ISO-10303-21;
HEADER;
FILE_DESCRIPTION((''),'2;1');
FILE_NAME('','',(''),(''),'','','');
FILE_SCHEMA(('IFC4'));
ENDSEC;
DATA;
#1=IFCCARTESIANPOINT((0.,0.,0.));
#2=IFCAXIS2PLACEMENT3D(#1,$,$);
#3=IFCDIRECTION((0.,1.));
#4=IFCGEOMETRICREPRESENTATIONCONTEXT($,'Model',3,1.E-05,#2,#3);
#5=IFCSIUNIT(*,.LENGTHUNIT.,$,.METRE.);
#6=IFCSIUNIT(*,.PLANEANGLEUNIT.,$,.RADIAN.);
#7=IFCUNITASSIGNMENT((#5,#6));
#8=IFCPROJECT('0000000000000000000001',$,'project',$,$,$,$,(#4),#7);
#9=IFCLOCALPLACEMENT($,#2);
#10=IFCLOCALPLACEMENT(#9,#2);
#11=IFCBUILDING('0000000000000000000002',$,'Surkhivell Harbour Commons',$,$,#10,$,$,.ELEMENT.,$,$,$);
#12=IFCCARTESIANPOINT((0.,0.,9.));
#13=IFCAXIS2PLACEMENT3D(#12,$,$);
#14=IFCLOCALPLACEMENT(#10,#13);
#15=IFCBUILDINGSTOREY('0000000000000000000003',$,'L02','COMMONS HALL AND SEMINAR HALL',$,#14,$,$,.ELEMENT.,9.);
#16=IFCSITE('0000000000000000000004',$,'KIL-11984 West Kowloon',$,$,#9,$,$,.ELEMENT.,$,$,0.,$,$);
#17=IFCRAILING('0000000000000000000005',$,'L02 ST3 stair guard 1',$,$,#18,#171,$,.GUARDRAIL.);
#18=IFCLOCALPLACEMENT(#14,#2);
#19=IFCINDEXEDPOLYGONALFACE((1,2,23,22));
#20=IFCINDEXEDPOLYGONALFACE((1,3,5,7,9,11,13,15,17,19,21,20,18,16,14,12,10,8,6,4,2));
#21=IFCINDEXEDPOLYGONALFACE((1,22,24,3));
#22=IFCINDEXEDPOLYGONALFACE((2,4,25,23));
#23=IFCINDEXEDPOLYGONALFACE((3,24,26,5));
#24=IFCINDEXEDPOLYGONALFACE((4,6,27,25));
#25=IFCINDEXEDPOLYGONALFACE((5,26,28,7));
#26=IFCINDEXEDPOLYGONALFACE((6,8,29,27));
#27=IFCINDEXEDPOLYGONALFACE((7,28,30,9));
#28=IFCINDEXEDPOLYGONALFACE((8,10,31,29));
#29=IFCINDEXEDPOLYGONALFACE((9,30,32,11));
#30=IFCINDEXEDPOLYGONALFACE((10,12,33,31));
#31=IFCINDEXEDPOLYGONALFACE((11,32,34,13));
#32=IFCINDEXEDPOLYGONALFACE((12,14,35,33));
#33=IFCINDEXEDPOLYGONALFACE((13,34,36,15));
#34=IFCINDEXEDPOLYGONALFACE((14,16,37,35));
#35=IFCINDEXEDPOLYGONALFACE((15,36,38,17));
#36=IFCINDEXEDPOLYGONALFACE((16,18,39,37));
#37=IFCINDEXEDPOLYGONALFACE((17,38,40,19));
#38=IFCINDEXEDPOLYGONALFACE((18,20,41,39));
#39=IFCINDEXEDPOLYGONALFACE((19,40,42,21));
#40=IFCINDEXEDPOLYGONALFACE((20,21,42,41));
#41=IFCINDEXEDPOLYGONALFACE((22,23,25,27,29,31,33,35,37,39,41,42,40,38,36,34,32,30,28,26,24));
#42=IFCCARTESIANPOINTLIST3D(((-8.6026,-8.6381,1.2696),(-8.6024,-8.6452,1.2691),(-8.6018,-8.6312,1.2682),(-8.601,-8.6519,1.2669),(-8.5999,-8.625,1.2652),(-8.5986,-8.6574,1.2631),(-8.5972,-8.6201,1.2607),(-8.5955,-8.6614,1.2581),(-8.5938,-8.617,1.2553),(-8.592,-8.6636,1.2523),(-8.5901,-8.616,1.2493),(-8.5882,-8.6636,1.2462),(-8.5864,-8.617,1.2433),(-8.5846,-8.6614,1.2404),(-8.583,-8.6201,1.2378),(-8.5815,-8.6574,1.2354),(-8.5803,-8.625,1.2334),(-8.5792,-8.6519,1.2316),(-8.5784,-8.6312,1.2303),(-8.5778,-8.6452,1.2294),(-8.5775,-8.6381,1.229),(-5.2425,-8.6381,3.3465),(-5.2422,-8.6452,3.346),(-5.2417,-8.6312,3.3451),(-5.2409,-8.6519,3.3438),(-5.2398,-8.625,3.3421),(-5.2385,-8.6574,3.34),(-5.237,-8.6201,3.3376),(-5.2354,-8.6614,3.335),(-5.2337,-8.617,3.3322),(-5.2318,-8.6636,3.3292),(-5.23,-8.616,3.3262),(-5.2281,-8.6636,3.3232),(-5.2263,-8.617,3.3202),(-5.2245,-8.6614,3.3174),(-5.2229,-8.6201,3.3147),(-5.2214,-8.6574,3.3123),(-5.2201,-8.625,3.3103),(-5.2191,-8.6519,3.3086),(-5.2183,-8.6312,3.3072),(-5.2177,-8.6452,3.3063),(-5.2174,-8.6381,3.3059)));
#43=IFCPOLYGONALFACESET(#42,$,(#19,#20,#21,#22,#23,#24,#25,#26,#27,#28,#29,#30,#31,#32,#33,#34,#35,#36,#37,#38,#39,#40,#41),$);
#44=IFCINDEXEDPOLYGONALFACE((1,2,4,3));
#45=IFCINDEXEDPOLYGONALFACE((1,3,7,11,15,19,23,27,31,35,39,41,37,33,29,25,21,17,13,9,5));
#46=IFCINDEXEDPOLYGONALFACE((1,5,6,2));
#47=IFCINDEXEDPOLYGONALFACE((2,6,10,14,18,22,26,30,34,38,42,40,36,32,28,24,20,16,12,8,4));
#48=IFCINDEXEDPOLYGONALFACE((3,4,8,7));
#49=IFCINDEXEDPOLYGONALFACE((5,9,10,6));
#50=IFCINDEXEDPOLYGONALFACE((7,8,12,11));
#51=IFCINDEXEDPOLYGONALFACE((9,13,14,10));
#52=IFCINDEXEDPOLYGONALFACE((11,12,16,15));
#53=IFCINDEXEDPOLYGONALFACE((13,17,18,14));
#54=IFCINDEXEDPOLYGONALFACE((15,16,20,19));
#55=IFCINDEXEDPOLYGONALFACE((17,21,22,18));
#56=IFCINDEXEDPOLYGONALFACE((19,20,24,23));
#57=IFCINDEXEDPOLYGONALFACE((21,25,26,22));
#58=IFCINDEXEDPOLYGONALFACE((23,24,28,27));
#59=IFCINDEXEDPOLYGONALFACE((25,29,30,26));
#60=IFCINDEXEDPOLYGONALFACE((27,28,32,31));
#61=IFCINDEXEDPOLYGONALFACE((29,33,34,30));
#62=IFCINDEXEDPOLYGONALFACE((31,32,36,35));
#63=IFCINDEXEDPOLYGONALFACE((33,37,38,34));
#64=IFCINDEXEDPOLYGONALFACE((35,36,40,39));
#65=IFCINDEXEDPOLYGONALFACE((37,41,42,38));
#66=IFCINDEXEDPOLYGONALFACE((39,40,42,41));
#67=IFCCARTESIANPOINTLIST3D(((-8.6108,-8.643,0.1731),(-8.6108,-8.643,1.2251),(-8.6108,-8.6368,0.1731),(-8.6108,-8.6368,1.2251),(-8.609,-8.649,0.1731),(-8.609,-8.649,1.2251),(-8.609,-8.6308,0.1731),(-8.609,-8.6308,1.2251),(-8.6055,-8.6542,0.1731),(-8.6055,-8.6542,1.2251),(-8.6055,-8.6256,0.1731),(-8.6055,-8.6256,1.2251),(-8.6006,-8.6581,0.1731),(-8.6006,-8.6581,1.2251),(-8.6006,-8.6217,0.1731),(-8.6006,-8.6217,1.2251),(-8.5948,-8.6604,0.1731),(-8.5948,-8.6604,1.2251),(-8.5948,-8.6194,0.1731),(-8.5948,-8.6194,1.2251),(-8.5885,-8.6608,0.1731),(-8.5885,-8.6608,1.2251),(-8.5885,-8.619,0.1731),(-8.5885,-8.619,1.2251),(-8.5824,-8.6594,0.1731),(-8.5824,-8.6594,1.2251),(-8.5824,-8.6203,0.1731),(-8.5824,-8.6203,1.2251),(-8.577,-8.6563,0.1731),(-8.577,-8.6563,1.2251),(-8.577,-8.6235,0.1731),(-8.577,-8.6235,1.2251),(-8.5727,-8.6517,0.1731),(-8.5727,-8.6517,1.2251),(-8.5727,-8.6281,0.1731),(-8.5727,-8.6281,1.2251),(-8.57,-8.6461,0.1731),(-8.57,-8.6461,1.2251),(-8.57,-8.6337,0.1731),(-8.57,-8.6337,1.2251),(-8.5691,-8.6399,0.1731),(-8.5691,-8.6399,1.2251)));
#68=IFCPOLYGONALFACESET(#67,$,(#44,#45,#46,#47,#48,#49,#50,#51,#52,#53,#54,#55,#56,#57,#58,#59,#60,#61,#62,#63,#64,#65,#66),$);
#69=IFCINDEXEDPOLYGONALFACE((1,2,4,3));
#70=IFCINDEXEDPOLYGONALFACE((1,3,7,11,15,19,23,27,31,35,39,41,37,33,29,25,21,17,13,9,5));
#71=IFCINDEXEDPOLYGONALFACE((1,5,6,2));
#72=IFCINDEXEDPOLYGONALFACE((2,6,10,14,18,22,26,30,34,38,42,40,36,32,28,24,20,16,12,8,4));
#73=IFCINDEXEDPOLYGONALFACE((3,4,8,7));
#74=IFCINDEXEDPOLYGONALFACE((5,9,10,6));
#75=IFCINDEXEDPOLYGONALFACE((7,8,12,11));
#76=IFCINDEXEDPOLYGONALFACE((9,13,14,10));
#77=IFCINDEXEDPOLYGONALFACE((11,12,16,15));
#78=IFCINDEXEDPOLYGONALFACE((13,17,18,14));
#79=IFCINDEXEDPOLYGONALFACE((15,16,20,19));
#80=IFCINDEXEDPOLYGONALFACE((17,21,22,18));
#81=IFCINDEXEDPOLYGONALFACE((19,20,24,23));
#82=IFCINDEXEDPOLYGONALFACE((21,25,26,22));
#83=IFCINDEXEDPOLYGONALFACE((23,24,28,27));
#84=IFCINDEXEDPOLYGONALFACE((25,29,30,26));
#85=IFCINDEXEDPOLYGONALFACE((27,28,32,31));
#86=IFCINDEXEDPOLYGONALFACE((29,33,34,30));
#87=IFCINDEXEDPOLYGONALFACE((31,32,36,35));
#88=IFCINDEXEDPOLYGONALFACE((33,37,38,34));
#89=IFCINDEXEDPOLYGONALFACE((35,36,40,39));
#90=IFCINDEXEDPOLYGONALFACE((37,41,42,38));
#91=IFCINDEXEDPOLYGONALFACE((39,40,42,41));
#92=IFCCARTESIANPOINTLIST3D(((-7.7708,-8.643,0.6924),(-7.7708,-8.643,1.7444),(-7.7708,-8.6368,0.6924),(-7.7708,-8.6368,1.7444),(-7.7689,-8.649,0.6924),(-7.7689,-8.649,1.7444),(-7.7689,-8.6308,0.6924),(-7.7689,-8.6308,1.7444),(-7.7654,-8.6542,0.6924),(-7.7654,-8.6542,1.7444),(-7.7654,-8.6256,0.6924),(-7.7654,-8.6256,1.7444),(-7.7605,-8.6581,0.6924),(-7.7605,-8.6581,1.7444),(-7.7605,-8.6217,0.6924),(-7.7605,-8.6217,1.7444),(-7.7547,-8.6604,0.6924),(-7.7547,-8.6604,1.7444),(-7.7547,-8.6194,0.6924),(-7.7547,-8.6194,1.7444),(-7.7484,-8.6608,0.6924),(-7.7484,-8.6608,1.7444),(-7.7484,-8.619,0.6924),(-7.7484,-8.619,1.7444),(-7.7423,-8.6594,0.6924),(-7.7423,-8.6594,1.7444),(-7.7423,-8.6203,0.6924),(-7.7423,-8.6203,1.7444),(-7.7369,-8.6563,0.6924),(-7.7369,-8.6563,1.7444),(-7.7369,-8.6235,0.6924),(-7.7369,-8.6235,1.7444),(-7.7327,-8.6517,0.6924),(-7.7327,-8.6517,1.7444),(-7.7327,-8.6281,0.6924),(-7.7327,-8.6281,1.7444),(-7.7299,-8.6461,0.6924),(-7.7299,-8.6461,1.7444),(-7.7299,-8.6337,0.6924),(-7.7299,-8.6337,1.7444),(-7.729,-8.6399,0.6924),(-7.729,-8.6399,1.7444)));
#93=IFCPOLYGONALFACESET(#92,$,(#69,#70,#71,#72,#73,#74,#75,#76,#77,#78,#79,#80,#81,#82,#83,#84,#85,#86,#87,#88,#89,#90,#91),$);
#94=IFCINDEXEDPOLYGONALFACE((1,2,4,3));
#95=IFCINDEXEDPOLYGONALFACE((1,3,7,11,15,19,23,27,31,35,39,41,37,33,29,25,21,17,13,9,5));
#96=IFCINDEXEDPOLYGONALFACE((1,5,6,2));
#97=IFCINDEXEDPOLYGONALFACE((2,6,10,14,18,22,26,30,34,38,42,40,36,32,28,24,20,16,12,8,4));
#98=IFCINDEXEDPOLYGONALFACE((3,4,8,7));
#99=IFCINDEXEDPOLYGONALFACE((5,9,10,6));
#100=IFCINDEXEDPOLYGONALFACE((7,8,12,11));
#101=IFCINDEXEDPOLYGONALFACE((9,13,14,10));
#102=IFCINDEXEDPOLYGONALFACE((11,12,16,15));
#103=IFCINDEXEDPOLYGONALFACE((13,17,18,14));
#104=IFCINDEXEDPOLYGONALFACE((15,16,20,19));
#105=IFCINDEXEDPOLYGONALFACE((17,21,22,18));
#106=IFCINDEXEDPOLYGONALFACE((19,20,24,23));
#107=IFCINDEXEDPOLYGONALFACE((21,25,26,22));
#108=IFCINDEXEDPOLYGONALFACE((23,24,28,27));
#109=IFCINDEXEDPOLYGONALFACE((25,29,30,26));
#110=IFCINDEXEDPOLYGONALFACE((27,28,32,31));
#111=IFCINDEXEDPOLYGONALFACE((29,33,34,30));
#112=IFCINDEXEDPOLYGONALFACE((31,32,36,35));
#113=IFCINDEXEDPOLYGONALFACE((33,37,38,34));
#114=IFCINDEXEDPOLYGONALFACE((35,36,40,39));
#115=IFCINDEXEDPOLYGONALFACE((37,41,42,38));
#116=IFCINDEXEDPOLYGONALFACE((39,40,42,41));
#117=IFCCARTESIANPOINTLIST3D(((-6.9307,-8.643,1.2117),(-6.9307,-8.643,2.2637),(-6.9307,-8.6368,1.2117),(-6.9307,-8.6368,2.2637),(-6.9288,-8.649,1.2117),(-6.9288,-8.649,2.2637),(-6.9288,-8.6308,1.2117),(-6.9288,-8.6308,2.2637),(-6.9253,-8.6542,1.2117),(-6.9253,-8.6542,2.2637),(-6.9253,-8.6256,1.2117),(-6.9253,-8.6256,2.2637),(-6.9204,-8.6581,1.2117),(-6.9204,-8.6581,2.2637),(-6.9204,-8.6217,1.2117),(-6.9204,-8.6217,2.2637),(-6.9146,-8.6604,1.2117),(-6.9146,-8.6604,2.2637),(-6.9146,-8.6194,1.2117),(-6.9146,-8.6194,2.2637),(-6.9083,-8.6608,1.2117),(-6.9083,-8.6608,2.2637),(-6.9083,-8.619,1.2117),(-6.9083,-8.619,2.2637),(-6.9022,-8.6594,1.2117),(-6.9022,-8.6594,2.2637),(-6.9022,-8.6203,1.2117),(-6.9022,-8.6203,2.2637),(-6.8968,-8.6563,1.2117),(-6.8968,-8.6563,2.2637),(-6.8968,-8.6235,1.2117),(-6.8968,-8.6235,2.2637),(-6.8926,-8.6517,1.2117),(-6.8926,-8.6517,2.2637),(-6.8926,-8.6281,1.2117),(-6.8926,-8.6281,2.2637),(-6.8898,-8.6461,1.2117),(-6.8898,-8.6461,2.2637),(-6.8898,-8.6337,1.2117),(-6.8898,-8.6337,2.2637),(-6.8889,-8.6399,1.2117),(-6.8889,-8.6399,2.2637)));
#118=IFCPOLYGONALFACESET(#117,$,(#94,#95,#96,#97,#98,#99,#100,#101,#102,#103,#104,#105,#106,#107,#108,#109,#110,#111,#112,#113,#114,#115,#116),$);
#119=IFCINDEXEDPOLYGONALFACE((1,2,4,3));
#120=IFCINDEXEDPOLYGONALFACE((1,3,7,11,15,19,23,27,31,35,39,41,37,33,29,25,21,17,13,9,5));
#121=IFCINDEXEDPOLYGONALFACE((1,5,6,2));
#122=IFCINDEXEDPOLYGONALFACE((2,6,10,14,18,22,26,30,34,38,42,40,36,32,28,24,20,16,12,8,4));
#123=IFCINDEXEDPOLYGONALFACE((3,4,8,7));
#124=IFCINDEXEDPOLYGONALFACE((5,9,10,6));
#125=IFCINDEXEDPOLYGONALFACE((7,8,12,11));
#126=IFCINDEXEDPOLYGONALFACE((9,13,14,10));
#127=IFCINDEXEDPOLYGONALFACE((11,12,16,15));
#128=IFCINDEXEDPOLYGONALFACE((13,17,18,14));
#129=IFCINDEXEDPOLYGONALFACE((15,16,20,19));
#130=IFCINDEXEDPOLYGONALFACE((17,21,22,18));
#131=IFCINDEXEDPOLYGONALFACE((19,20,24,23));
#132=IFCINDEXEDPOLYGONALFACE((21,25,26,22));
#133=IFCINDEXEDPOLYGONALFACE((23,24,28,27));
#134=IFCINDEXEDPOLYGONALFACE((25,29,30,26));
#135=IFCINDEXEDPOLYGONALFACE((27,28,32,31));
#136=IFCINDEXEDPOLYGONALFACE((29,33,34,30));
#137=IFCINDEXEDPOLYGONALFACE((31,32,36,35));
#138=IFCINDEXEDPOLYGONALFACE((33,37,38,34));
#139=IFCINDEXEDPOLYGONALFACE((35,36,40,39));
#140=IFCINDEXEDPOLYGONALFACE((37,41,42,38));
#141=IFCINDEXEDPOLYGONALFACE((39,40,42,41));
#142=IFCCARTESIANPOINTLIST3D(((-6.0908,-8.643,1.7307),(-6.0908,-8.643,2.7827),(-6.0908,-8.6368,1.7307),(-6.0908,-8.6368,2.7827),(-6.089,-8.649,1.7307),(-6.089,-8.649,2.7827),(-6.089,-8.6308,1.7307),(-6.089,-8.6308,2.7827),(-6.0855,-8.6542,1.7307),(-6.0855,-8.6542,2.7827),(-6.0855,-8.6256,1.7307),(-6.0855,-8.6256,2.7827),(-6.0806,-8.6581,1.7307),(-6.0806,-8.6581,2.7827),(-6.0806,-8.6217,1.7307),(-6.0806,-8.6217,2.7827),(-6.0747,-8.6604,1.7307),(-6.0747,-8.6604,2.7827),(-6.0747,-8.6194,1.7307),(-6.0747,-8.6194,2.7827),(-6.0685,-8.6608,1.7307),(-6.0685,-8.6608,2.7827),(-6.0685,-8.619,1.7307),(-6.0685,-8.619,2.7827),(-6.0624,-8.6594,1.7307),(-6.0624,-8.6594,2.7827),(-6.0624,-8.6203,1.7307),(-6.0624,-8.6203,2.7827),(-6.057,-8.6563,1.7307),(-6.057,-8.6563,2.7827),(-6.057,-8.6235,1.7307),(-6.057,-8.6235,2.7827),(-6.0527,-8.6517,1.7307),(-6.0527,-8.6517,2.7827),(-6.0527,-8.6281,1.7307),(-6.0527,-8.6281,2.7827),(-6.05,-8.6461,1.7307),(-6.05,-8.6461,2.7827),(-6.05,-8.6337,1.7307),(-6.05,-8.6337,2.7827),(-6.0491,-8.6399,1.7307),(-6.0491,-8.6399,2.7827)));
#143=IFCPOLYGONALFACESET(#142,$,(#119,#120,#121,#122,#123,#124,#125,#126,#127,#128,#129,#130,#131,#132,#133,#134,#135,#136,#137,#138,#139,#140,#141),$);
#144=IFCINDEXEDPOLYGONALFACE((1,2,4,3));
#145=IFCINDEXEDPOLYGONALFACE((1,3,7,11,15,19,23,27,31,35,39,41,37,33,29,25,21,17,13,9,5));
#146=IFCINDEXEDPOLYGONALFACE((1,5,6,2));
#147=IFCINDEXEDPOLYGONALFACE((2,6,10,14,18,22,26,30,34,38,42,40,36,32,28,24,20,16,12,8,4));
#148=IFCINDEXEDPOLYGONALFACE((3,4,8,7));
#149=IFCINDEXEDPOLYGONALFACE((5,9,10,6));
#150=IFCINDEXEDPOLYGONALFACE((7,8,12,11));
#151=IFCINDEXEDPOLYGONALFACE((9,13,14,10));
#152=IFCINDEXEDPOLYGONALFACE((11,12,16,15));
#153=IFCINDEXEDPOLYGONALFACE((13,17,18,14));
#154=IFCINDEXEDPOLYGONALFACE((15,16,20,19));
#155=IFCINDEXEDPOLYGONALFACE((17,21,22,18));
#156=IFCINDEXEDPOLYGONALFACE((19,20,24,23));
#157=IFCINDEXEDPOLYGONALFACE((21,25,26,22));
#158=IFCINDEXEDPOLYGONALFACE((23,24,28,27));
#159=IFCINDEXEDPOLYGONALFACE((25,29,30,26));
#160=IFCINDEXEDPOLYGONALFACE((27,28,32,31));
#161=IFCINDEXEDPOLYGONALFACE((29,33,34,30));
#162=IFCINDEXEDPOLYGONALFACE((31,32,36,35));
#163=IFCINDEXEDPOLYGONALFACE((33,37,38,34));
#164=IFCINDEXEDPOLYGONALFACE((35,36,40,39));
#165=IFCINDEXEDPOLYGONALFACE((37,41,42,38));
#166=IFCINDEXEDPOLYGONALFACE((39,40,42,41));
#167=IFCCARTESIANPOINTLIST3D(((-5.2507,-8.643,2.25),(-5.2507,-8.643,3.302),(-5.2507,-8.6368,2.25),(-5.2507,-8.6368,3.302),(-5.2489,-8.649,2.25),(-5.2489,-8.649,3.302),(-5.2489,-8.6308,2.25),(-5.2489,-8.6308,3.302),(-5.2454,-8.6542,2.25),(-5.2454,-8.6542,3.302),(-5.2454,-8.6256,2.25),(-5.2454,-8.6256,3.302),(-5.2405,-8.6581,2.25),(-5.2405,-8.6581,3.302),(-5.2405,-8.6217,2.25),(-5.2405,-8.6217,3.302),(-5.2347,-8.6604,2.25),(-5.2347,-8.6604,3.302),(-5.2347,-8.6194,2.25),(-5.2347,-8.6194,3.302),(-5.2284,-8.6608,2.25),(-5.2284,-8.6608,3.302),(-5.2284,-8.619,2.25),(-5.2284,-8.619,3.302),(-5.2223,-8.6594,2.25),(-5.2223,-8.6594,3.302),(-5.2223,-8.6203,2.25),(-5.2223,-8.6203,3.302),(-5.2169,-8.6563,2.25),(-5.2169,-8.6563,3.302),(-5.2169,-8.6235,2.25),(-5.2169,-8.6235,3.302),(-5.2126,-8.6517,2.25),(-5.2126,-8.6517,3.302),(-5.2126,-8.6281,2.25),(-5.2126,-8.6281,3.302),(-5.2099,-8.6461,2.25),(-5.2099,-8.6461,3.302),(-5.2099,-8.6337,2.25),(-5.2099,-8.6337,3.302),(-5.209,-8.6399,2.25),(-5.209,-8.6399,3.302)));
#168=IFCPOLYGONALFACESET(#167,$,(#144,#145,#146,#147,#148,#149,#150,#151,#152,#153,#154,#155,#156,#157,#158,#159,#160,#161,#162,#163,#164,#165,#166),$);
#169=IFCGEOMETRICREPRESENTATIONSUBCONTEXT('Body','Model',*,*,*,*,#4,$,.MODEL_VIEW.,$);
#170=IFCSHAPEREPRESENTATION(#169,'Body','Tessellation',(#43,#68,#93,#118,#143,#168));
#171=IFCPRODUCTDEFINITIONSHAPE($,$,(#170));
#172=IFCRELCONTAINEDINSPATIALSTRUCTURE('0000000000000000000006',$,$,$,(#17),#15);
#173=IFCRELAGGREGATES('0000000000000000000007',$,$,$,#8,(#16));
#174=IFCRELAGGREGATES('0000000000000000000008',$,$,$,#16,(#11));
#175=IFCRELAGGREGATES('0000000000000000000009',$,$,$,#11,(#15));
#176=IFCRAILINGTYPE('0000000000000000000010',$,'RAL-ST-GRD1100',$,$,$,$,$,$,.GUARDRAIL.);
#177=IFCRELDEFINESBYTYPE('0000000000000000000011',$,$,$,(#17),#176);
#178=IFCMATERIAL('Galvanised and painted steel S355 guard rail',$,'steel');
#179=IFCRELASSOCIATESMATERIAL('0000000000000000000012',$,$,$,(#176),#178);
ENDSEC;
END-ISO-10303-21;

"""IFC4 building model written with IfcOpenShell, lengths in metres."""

from ifc_helpers import new_model, si_unit, direction, frame, origin, origin_2d, place, context, subcontext, project, spatial, circle, extrude, material, type_object, element, save


model = new_model("IFC4")

# Units and contexts
model_context = context("Model", 3, precision=1e-05, world=origin(), true_north=direction((0.0, 1.0)))
body_context = subcontext(model_context, "Body", "Model", "MODEL_VIEW")
ifc_project = project(units=[si_unit("LENGTHUNIT", "METRE"), si_unit("PLANEANGLEUNIT", "RADIAN")], contexts=[model_context])

# Site, building, storey
site_placement = place(None, origin())
site = spatial("IfcSite", under=ifc_project, at=site_placement, Name="KIL-11984 West Kowloon", CompositionType="ELEMENT", RefElevation=0.0)
building_placement = place(site_placement, origin())
building = spatial("IfcBuilding", under=site, at=building_placement, Name="Surkhivell Harbour Commons", CompositionType="ELEMENT")
storey_placement = place(building_placement, frame((0.0, 0.0, 9.0)))
storey = spatial("IfcBuildingStorey", under=building, at=storey_placement, Name="L02", Description="COMMONS HALL AND SEMINAR HALL", CompositionType="ELEMENT", Elevation=9.0)

# Railing
ifc_material_1 = material(Name="Galvanised and painted steel S355 guard rail", Category="steel")
railing_type_1 = type_object("IfcRailingType", Name="RAL-ST-GRD1100", PredefinedType="GUARDRAIL", material=ifc_material_1)
railing_1_placement = place(storey_placement, frame((-8.5901, -8.6399, 0.1731)))
element("IfcRailing", 1, at=railing_1_placement, inside=storey, type_object=railing_type_1, Name="L02 ST3 stair guard 1", PredefinedType="GUARDRAIL", context=body_context, shape_type="SweptSolid", body=[
    extrude(circle(Radius=0.0239, at=origin_2d()), frame((0.0, 0.0, 1.0762), z_axis=(0.850623, 0.0, 0.525776), x_axis=(0.0, 1.0, 0.0)), (0.0, 0.0, 1.0), 3.9502),
    extrude(circle(Radius=0.021, at=origin_2d()), origin(), (0.0, 0.0, 1.0), 1.052),
    extrude(circle(Radius=0.021, at=origin_2d()), frame((0.8401, 0.0, 0.5193)), (0.0, 0.0, 1.0), 1.052),
    extrude(circle(Radius=0.021, at=origin_2d()), frame((1.6802, 0.0, 1.0386)), (0.0, 0.0, 1.0), 1.052),
    extrude(circle(Radius=0.021, at=origin_2d()), frame((2.52, 0.0, 1.5576)), (0.0, 0.0, 1.0), 1.052),
    extrude(circle(Radius=0.021, at=origin_2d()), frame((3.3601, 0.0, 2.0769)), (0.0, 0.0, 1.0), 1.052),
])

save(model, "model.ifc")
